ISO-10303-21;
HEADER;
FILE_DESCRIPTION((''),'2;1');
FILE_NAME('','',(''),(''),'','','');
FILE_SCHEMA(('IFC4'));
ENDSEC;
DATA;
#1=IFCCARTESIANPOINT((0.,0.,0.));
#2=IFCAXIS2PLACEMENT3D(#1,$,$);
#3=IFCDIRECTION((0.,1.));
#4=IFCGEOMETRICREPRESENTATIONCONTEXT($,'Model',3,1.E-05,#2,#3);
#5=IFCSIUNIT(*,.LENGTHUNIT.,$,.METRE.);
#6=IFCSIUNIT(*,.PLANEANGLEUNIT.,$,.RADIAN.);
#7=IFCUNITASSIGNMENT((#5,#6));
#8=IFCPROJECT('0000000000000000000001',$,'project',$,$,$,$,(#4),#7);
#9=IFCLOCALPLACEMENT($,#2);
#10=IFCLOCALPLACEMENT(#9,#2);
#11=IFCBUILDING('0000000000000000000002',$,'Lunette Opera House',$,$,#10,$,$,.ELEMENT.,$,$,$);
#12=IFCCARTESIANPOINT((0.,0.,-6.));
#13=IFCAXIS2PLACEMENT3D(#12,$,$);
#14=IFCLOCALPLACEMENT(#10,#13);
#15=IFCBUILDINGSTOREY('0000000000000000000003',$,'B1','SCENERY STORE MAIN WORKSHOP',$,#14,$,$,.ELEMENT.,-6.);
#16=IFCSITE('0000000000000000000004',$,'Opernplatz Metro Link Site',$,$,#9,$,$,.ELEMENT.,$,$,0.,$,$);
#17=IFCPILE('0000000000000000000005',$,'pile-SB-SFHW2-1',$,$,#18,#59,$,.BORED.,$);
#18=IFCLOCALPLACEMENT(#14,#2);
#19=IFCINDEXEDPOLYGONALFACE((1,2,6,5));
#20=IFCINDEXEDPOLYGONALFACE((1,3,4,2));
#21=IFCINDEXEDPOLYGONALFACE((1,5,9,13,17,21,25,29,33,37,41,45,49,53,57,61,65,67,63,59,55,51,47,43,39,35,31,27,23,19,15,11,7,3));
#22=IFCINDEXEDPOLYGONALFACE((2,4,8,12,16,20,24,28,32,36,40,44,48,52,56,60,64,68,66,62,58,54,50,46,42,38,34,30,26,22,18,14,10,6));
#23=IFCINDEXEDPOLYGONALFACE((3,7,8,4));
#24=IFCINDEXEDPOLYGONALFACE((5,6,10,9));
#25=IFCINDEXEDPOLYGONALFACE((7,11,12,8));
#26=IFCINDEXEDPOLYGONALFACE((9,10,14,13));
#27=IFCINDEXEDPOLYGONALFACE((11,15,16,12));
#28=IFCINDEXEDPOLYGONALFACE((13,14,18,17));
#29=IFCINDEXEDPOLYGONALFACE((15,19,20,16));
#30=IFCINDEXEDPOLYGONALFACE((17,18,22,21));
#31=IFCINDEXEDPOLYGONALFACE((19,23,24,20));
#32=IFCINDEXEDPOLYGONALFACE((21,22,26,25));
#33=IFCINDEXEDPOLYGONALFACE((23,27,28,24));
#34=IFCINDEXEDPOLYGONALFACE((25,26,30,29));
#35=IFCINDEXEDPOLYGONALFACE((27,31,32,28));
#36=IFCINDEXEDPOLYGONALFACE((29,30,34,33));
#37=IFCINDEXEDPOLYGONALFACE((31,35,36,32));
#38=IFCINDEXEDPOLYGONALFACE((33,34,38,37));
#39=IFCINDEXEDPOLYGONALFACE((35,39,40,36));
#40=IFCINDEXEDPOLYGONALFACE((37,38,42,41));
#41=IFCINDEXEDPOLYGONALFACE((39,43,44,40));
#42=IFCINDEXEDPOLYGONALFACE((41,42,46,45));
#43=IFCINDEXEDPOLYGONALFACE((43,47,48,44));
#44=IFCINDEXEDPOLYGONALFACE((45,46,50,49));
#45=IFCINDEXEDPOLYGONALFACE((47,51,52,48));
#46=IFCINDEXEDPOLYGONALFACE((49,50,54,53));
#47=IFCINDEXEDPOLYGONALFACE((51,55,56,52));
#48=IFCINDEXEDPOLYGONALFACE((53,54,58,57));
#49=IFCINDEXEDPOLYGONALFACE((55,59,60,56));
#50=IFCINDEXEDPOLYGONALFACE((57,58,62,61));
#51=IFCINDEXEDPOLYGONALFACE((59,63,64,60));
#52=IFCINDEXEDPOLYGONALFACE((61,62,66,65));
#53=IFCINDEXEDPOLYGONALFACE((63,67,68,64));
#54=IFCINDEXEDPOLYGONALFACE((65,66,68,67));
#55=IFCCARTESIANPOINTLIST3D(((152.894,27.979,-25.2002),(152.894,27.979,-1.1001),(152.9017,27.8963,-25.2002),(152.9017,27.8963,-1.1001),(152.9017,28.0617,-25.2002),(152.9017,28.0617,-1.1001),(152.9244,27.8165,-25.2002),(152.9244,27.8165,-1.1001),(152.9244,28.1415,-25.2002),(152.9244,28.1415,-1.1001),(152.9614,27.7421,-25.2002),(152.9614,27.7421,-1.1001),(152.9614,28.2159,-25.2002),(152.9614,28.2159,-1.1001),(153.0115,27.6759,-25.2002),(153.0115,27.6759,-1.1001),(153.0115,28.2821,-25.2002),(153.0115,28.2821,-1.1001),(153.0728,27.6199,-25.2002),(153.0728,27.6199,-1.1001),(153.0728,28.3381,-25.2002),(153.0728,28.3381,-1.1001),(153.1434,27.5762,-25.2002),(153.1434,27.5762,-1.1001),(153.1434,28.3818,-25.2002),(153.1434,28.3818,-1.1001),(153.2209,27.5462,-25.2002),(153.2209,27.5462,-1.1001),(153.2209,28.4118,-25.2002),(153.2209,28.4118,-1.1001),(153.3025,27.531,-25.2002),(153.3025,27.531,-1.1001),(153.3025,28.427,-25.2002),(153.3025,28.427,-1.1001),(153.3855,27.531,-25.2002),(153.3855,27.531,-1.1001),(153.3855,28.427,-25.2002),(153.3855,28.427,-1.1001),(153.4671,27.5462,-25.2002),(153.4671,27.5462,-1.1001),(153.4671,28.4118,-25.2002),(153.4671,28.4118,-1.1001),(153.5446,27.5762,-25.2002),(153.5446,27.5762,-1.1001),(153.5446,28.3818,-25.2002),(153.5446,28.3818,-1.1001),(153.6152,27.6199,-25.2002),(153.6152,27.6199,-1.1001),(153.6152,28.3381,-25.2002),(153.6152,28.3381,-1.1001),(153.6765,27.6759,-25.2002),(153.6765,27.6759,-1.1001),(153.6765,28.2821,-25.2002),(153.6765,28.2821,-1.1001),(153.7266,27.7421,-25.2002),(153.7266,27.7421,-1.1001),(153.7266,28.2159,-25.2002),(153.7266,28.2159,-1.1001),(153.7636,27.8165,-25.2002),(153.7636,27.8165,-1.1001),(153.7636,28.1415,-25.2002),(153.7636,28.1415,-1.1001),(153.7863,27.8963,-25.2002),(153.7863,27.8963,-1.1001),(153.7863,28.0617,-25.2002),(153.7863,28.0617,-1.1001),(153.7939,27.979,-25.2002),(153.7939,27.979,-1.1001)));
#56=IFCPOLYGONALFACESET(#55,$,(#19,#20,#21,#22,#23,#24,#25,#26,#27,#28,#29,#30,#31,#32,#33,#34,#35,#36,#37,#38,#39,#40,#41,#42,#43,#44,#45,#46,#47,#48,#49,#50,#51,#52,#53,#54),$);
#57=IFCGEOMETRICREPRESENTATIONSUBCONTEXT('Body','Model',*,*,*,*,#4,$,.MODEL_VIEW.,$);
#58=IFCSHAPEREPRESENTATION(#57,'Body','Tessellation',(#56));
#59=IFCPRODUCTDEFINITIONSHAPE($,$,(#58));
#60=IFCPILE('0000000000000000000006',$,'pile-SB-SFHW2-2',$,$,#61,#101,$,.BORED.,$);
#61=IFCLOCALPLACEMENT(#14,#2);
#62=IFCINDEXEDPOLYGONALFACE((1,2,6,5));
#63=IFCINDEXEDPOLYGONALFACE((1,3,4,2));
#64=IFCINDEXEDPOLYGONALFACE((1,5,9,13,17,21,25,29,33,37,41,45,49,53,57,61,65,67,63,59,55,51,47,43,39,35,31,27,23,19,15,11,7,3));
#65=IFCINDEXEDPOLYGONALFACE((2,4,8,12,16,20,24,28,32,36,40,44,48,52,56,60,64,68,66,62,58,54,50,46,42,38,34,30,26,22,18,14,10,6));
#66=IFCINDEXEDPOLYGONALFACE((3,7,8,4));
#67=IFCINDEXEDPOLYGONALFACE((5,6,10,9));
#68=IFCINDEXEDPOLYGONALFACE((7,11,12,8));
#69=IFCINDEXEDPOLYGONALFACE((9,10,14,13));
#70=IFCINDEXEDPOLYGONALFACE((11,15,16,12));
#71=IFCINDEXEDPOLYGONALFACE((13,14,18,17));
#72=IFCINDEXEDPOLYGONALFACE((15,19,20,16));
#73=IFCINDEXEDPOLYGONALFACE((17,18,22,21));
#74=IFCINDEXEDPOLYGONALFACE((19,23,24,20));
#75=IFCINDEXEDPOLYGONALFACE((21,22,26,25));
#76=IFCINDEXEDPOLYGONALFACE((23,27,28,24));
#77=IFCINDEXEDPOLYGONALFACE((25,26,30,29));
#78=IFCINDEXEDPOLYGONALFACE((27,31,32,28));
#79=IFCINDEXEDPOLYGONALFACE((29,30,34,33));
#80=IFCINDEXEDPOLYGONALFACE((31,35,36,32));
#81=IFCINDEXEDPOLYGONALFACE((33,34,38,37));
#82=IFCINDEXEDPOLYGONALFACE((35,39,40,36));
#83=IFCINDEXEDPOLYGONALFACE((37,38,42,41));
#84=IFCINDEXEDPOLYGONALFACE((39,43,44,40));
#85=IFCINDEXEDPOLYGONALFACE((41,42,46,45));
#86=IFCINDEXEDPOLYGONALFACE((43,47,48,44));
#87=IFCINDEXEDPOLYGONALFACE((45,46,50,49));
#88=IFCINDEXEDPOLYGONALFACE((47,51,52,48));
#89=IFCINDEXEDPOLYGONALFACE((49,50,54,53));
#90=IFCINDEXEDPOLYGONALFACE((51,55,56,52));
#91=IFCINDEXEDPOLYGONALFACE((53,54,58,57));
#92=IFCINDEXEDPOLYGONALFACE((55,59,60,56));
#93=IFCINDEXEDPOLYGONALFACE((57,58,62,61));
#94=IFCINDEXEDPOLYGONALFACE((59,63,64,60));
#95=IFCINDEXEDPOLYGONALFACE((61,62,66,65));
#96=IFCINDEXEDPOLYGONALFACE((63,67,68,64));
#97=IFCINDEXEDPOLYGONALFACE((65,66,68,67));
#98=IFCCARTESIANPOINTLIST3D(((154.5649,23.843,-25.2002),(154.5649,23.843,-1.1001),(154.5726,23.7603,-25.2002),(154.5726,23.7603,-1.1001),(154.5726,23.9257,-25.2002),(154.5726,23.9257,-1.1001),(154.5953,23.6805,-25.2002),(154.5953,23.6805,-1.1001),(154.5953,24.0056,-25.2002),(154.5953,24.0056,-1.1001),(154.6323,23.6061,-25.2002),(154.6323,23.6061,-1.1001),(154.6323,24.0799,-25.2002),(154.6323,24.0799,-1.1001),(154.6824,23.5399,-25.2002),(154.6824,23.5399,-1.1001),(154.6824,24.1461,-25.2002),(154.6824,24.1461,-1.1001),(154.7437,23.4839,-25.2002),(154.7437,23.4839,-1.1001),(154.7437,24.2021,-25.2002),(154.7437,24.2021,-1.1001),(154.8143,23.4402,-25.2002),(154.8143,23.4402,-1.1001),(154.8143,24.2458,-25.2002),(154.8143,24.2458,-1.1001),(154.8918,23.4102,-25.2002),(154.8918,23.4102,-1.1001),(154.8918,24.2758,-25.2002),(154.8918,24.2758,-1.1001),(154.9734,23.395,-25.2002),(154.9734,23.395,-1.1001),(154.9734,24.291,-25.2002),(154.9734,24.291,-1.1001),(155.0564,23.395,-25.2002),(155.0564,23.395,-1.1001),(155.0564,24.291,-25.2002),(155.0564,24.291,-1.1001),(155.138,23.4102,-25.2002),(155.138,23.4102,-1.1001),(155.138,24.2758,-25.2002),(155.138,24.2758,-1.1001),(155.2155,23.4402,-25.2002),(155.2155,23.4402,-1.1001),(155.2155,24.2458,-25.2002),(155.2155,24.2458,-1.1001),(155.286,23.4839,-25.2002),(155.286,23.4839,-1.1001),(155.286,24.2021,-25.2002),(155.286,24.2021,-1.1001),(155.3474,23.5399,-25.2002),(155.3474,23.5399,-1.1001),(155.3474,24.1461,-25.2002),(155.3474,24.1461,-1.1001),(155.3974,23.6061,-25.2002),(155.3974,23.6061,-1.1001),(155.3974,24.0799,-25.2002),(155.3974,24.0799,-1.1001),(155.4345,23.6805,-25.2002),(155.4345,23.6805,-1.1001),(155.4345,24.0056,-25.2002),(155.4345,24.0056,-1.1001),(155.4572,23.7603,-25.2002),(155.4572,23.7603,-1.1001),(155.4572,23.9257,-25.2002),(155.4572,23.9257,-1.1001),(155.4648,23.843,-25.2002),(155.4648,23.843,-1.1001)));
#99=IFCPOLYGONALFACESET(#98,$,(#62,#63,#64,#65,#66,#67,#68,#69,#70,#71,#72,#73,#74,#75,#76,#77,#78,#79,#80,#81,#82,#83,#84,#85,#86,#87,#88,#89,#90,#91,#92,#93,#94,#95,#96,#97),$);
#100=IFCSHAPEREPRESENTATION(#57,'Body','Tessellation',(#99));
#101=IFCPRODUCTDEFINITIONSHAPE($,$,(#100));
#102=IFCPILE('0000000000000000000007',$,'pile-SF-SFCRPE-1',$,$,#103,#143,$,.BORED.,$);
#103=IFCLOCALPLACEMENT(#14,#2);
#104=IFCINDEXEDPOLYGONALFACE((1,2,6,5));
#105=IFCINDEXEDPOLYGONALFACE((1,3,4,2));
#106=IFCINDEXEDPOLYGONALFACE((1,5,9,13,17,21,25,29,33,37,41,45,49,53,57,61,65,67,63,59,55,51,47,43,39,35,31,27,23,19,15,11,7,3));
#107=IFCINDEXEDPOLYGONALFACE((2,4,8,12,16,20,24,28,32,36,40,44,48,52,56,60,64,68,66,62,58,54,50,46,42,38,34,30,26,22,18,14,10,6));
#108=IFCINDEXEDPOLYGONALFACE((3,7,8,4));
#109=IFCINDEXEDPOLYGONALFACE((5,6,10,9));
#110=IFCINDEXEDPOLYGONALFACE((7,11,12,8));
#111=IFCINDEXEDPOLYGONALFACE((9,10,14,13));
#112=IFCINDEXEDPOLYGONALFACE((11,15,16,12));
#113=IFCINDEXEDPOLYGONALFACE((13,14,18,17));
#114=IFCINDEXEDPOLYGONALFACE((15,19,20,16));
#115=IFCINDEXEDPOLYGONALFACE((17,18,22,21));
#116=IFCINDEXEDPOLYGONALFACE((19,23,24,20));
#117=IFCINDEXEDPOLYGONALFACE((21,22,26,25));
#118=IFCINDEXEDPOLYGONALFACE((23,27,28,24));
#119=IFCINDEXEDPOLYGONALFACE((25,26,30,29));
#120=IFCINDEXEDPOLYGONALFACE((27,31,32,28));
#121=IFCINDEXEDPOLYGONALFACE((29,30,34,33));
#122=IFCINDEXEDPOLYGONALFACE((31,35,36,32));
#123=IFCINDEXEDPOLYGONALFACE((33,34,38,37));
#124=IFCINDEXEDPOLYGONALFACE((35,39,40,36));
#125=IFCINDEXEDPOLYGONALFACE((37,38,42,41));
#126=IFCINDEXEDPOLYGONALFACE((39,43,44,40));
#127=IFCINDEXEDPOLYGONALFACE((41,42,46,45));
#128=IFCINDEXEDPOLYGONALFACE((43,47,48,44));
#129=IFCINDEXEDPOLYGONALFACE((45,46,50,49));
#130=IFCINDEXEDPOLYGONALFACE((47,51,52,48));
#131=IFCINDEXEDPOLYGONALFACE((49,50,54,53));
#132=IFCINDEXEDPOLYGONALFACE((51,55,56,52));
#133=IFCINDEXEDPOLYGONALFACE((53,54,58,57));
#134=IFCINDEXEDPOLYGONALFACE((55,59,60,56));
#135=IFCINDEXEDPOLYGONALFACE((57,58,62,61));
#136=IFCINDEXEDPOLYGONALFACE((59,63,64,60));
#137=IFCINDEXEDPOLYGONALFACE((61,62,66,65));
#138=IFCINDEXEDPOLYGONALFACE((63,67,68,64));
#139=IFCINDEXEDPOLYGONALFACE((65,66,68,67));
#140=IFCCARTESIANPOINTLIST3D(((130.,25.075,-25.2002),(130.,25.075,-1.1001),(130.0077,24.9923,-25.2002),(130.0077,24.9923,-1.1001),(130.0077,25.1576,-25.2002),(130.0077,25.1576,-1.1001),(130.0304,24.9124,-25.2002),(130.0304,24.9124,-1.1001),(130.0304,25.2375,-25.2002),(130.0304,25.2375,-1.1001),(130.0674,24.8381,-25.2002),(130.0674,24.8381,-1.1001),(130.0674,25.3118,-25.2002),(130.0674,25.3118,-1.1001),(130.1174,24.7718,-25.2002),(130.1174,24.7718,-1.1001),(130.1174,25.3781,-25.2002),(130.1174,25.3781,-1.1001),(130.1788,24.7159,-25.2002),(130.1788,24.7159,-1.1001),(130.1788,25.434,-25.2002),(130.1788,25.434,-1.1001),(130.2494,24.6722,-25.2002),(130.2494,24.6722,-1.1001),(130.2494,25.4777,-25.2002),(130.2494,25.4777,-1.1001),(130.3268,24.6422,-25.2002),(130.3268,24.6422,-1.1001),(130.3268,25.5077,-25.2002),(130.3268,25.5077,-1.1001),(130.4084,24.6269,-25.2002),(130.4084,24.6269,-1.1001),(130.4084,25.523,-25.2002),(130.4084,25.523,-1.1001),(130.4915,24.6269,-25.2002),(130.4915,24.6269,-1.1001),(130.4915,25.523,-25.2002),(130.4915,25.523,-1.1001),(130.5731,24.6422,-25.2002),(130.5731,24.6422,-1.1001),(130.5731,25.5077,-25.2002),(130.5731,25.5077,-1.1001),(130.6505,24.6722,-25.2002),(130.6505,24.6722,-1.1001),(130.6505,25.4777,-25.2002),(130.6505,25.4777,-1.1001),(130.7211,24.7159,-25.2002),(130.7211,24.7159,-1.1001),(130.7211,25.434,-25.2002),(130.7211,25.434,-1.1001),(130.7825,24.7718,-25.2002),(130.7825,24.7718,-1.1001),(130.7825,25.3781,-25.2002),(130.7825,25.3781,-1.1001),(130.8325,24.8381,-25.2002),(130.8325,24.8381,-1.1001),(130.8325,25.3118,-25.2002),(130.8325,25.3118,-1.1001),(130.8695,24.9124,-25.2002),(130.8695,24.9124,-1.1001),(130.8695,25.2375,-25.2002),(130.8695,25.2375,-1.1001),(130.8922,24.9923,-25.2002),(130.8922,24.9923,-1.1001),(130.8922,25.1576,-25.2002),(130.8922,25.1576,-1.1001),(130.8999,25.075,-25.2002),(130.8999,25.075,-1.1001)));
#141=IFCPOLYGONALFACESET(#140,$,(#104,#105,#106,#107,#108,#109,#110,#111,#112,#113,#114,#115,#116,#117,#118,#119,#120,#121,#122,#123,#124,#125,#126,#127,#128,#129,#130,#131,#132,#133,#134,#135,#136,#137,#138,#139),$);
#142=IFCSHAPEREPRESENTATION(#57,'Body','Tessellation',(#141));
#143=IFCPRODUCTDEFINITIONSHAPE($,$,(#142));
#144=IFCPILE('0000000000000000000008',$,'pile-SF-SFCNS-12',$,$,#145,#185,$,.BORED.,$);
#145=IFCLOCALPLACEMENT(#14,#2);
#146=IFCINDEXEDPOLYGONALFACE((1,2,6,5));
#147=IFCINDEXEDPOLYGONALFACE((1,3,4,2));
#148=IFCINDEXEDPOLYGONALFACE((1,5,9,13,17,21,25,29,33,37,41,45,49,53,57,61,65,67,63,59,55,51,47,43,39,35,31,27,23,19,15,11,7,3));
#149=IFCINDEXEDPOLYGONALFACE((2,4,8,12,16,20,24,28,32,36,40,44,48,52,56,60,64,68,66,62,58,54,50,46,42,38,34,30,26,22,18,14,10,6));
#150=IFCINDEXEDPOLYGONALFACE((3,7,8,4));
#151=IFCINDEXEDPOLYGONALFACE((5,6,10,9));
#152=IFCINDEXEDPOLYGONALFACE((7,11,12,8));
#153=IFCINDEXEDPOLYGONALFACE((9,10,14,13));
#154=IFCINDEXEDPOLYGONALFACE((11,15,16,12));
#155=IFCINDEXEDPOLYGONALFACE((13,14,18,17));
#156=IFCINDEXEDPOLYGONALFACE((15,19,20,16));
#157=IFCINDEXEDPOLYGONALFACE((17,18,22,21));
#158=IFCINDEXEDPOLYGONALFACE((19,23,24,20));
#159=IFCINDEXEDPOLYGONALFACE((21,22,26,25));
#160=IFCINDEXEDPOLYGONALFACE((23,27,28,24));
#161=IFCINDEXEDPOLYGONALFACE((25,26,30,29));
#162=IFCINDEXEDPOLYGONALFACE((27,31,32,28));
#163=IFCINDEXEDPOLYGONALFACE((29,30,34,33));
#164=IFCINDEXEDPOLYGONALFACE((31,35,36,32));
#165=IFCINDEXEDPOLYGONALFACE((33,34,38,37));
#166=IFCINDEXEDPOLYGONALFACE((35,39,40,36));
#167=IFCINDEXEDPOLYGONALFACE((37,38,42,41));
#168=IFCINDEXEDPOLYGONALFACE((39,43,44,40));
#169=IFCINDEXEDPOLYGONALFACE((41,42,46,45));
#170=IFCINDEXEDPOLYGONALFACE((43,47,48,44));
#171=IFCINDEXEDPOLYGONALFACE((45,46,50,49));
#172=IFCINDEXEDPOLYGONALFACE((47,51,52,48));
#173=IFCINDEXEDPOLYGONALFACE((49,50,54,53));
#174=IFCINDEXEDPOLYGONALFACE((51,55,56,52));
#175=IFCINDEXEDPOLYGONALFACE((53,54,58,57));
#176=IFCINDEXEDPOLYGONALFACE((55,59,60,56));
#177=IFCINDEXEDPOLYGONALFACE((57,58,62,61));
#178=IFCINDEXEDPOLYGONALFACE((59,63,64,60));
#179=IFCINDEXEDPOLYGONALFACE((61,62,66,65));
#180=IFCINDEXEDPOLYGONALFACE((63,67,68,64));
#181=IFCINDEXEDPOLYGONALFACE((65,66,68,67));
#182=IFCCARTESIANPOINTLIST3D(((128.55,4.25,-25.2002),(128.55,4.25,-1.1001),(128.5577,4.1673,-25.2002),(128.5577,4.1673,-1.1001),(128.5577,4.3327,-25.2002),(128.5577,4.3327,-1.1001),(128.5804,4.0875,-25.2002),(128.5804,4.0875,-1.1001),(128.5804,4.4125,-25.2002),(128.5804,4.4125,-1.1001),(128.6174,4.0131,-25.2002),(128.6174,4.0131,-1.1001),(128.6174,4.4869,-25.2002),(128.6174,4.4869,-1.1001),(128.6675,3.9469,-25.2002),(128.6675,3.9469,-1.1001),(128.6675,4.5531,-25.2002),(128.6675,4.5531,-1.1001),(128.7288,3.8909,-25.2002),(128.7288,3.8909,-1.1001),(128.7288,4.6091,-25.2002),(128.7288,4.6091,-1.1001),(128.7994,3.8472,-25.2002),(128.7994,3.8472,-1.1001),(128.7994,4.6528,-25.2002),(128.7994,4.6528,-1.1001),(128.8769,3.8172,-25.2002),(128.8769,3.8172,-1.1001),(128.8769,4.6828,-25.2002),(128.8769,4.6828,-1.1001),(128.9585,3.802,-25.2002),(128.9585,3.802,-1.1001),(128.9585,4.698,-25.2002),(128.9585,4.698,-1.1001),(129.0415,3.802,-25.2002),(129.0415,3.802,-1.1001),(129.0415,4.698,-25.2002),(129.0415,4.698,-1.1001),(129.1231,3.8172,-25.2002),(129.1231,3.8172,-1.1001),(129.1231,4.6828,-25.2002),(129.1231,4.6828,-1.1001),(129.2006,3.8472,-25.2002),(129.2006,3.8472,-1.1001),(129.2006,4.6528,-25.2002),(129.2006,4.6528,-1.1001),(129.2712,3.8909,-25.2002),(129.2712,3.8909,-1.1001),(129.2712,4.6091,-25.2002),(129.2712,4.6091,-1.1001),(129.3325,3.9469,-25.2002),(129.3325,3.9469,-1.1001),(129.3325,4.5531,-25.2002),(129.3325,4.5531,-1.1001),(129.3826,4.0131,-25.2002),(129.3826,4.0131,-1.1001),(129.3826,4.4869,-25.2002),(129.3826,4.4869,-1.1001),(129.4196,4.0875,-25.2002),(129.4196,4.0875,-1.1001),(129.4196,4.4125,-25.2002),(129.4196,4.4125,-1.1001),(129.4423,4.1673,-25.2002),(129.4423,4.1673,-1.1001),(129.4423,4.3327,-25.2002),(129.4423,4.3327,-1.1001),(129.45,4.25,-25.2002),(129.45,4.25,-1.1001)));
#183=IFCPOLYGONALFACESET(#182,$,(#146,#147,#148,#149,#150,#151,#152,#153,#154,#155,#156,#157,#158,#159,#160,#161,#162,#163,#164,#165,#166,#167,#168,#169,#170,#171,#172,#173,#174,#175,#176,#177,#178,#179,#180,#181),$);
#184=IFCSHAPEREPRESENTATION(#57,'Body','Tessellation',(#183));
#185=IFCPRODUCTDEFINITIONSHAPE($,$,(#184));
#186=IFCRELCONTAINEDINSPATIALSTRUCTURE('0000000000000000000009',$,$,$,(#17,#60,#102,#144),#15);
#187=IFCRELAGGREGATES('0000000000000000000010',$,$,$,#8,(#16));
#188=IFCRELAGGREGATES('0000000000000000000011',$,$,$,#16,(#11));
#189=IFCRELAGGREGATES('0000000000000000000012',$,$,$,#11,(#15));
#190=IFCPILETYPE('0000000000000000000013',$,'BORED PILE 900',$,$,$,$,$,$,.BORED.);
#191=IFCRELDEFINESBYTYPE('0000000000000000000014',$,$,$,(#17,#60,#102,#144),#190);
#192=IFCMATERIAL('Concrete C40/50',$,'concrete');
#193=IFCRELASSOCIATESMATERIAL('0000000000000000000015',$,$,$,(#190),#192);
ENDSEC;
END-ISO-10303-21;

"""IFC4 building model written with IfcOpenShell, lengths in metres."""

from ifc_helpers import new_model, si_unit, direction, frame, origin, origin_2d, place, context, subcontext, project, spatial, circle, extrude, material, material_profile, profile_set, type_object, element, save


model = new_model("IFC4")

# Units and contexts
model_context = context("Model", 3, precision=1e-05, world=origin(), true_north=direction((0.0, 1.0)))
body_context = subcontext(model_context, "Body", "Model", "MODEL_VIEW")
ifc_project = project(units=[si_unit("LENGTHUNIT", "METRE"), si_unit("PLANEANGLEUNIT", "RADIAN")], contexts=[model_context])

# Site, building, storey
site_placement = place(None, origin())
site = spatial("IfcSite", under=ifc_project, at=site_placement, Name="Opernplatz Metro Link Site", CompositionType="ELEMENT", RefElevation=0.0)
building_placement = place(site_placement, origin())
building = spatial("IfcBuilding", under=site, at=building_placement, Name="Lunette Opera House", CompositionType="ELEMENT")
storey_placement = place(building_placement, frame((0.0, 0.0, -6.0)))
storey = spatial("IfcBuildingStorey", under=building, at=storey_placement, Name="B1", Description="SCENERY STORE MAIN WORKSHOP", CompositionType="ELEMENT", Elevation=-6.0)

# Piles
ifc_material_1 = material(Name="Concrete C40/50", Category="concrete")
ifc_material_profile_1 = material_profile(ifc_material_1, circle(Radius=0.45, at=origin_2d()), Name="BORED PILE 900")
ifc_profile_set_1 = profile_set([ifc_material_profile_1], Name="Concrete C40/50")
pile_type = type_object("IfcPileType", Name="BORED PILE 900", PredefinedType="BORED", material=ifc_profile_set_1)
for number, where, z_axis, x_axis, name in (
    (1, (153.344, 27.979, -1.1001), (0.0, 0.0, -1.0), (1.0, 0.0, 0.0), "pile-SB-SFHW2-1"),
    (2, (155.0149, 23.843, -1.1001), (0.0, 0.0, -1.0), (1.0, 0.0, 0.0), "pile-SB-SFHW2-2"),
    (3, (130.45, 25.075, -1.1001), (0.0, 0.0, -1.0), (1.0, 0.0, 0.0), "pile-SF-SFCRPE-1"),
    (4, (129.0, 4.25, -1.1001), (0.0, 0.0, -1.0), (1.0, 0.0, 0.0), "pile-SF-SFCNS-12"),
):
    element("IfcPile", number, at=place(storey_placement, frame(where, z_axis=z_axis, x_axis=x_axis)), inside=storey, type_object=pile_type, Name=name, PredefinedType="BORED", context=body_context, shape_type="SweptSolid", body=[
        extrude(circle(Radius=0.45, at=origin_2d()), origin(), (0.0, 0.0, 1.0), 24.1001),
    ])

save(model, "model.ifc")
